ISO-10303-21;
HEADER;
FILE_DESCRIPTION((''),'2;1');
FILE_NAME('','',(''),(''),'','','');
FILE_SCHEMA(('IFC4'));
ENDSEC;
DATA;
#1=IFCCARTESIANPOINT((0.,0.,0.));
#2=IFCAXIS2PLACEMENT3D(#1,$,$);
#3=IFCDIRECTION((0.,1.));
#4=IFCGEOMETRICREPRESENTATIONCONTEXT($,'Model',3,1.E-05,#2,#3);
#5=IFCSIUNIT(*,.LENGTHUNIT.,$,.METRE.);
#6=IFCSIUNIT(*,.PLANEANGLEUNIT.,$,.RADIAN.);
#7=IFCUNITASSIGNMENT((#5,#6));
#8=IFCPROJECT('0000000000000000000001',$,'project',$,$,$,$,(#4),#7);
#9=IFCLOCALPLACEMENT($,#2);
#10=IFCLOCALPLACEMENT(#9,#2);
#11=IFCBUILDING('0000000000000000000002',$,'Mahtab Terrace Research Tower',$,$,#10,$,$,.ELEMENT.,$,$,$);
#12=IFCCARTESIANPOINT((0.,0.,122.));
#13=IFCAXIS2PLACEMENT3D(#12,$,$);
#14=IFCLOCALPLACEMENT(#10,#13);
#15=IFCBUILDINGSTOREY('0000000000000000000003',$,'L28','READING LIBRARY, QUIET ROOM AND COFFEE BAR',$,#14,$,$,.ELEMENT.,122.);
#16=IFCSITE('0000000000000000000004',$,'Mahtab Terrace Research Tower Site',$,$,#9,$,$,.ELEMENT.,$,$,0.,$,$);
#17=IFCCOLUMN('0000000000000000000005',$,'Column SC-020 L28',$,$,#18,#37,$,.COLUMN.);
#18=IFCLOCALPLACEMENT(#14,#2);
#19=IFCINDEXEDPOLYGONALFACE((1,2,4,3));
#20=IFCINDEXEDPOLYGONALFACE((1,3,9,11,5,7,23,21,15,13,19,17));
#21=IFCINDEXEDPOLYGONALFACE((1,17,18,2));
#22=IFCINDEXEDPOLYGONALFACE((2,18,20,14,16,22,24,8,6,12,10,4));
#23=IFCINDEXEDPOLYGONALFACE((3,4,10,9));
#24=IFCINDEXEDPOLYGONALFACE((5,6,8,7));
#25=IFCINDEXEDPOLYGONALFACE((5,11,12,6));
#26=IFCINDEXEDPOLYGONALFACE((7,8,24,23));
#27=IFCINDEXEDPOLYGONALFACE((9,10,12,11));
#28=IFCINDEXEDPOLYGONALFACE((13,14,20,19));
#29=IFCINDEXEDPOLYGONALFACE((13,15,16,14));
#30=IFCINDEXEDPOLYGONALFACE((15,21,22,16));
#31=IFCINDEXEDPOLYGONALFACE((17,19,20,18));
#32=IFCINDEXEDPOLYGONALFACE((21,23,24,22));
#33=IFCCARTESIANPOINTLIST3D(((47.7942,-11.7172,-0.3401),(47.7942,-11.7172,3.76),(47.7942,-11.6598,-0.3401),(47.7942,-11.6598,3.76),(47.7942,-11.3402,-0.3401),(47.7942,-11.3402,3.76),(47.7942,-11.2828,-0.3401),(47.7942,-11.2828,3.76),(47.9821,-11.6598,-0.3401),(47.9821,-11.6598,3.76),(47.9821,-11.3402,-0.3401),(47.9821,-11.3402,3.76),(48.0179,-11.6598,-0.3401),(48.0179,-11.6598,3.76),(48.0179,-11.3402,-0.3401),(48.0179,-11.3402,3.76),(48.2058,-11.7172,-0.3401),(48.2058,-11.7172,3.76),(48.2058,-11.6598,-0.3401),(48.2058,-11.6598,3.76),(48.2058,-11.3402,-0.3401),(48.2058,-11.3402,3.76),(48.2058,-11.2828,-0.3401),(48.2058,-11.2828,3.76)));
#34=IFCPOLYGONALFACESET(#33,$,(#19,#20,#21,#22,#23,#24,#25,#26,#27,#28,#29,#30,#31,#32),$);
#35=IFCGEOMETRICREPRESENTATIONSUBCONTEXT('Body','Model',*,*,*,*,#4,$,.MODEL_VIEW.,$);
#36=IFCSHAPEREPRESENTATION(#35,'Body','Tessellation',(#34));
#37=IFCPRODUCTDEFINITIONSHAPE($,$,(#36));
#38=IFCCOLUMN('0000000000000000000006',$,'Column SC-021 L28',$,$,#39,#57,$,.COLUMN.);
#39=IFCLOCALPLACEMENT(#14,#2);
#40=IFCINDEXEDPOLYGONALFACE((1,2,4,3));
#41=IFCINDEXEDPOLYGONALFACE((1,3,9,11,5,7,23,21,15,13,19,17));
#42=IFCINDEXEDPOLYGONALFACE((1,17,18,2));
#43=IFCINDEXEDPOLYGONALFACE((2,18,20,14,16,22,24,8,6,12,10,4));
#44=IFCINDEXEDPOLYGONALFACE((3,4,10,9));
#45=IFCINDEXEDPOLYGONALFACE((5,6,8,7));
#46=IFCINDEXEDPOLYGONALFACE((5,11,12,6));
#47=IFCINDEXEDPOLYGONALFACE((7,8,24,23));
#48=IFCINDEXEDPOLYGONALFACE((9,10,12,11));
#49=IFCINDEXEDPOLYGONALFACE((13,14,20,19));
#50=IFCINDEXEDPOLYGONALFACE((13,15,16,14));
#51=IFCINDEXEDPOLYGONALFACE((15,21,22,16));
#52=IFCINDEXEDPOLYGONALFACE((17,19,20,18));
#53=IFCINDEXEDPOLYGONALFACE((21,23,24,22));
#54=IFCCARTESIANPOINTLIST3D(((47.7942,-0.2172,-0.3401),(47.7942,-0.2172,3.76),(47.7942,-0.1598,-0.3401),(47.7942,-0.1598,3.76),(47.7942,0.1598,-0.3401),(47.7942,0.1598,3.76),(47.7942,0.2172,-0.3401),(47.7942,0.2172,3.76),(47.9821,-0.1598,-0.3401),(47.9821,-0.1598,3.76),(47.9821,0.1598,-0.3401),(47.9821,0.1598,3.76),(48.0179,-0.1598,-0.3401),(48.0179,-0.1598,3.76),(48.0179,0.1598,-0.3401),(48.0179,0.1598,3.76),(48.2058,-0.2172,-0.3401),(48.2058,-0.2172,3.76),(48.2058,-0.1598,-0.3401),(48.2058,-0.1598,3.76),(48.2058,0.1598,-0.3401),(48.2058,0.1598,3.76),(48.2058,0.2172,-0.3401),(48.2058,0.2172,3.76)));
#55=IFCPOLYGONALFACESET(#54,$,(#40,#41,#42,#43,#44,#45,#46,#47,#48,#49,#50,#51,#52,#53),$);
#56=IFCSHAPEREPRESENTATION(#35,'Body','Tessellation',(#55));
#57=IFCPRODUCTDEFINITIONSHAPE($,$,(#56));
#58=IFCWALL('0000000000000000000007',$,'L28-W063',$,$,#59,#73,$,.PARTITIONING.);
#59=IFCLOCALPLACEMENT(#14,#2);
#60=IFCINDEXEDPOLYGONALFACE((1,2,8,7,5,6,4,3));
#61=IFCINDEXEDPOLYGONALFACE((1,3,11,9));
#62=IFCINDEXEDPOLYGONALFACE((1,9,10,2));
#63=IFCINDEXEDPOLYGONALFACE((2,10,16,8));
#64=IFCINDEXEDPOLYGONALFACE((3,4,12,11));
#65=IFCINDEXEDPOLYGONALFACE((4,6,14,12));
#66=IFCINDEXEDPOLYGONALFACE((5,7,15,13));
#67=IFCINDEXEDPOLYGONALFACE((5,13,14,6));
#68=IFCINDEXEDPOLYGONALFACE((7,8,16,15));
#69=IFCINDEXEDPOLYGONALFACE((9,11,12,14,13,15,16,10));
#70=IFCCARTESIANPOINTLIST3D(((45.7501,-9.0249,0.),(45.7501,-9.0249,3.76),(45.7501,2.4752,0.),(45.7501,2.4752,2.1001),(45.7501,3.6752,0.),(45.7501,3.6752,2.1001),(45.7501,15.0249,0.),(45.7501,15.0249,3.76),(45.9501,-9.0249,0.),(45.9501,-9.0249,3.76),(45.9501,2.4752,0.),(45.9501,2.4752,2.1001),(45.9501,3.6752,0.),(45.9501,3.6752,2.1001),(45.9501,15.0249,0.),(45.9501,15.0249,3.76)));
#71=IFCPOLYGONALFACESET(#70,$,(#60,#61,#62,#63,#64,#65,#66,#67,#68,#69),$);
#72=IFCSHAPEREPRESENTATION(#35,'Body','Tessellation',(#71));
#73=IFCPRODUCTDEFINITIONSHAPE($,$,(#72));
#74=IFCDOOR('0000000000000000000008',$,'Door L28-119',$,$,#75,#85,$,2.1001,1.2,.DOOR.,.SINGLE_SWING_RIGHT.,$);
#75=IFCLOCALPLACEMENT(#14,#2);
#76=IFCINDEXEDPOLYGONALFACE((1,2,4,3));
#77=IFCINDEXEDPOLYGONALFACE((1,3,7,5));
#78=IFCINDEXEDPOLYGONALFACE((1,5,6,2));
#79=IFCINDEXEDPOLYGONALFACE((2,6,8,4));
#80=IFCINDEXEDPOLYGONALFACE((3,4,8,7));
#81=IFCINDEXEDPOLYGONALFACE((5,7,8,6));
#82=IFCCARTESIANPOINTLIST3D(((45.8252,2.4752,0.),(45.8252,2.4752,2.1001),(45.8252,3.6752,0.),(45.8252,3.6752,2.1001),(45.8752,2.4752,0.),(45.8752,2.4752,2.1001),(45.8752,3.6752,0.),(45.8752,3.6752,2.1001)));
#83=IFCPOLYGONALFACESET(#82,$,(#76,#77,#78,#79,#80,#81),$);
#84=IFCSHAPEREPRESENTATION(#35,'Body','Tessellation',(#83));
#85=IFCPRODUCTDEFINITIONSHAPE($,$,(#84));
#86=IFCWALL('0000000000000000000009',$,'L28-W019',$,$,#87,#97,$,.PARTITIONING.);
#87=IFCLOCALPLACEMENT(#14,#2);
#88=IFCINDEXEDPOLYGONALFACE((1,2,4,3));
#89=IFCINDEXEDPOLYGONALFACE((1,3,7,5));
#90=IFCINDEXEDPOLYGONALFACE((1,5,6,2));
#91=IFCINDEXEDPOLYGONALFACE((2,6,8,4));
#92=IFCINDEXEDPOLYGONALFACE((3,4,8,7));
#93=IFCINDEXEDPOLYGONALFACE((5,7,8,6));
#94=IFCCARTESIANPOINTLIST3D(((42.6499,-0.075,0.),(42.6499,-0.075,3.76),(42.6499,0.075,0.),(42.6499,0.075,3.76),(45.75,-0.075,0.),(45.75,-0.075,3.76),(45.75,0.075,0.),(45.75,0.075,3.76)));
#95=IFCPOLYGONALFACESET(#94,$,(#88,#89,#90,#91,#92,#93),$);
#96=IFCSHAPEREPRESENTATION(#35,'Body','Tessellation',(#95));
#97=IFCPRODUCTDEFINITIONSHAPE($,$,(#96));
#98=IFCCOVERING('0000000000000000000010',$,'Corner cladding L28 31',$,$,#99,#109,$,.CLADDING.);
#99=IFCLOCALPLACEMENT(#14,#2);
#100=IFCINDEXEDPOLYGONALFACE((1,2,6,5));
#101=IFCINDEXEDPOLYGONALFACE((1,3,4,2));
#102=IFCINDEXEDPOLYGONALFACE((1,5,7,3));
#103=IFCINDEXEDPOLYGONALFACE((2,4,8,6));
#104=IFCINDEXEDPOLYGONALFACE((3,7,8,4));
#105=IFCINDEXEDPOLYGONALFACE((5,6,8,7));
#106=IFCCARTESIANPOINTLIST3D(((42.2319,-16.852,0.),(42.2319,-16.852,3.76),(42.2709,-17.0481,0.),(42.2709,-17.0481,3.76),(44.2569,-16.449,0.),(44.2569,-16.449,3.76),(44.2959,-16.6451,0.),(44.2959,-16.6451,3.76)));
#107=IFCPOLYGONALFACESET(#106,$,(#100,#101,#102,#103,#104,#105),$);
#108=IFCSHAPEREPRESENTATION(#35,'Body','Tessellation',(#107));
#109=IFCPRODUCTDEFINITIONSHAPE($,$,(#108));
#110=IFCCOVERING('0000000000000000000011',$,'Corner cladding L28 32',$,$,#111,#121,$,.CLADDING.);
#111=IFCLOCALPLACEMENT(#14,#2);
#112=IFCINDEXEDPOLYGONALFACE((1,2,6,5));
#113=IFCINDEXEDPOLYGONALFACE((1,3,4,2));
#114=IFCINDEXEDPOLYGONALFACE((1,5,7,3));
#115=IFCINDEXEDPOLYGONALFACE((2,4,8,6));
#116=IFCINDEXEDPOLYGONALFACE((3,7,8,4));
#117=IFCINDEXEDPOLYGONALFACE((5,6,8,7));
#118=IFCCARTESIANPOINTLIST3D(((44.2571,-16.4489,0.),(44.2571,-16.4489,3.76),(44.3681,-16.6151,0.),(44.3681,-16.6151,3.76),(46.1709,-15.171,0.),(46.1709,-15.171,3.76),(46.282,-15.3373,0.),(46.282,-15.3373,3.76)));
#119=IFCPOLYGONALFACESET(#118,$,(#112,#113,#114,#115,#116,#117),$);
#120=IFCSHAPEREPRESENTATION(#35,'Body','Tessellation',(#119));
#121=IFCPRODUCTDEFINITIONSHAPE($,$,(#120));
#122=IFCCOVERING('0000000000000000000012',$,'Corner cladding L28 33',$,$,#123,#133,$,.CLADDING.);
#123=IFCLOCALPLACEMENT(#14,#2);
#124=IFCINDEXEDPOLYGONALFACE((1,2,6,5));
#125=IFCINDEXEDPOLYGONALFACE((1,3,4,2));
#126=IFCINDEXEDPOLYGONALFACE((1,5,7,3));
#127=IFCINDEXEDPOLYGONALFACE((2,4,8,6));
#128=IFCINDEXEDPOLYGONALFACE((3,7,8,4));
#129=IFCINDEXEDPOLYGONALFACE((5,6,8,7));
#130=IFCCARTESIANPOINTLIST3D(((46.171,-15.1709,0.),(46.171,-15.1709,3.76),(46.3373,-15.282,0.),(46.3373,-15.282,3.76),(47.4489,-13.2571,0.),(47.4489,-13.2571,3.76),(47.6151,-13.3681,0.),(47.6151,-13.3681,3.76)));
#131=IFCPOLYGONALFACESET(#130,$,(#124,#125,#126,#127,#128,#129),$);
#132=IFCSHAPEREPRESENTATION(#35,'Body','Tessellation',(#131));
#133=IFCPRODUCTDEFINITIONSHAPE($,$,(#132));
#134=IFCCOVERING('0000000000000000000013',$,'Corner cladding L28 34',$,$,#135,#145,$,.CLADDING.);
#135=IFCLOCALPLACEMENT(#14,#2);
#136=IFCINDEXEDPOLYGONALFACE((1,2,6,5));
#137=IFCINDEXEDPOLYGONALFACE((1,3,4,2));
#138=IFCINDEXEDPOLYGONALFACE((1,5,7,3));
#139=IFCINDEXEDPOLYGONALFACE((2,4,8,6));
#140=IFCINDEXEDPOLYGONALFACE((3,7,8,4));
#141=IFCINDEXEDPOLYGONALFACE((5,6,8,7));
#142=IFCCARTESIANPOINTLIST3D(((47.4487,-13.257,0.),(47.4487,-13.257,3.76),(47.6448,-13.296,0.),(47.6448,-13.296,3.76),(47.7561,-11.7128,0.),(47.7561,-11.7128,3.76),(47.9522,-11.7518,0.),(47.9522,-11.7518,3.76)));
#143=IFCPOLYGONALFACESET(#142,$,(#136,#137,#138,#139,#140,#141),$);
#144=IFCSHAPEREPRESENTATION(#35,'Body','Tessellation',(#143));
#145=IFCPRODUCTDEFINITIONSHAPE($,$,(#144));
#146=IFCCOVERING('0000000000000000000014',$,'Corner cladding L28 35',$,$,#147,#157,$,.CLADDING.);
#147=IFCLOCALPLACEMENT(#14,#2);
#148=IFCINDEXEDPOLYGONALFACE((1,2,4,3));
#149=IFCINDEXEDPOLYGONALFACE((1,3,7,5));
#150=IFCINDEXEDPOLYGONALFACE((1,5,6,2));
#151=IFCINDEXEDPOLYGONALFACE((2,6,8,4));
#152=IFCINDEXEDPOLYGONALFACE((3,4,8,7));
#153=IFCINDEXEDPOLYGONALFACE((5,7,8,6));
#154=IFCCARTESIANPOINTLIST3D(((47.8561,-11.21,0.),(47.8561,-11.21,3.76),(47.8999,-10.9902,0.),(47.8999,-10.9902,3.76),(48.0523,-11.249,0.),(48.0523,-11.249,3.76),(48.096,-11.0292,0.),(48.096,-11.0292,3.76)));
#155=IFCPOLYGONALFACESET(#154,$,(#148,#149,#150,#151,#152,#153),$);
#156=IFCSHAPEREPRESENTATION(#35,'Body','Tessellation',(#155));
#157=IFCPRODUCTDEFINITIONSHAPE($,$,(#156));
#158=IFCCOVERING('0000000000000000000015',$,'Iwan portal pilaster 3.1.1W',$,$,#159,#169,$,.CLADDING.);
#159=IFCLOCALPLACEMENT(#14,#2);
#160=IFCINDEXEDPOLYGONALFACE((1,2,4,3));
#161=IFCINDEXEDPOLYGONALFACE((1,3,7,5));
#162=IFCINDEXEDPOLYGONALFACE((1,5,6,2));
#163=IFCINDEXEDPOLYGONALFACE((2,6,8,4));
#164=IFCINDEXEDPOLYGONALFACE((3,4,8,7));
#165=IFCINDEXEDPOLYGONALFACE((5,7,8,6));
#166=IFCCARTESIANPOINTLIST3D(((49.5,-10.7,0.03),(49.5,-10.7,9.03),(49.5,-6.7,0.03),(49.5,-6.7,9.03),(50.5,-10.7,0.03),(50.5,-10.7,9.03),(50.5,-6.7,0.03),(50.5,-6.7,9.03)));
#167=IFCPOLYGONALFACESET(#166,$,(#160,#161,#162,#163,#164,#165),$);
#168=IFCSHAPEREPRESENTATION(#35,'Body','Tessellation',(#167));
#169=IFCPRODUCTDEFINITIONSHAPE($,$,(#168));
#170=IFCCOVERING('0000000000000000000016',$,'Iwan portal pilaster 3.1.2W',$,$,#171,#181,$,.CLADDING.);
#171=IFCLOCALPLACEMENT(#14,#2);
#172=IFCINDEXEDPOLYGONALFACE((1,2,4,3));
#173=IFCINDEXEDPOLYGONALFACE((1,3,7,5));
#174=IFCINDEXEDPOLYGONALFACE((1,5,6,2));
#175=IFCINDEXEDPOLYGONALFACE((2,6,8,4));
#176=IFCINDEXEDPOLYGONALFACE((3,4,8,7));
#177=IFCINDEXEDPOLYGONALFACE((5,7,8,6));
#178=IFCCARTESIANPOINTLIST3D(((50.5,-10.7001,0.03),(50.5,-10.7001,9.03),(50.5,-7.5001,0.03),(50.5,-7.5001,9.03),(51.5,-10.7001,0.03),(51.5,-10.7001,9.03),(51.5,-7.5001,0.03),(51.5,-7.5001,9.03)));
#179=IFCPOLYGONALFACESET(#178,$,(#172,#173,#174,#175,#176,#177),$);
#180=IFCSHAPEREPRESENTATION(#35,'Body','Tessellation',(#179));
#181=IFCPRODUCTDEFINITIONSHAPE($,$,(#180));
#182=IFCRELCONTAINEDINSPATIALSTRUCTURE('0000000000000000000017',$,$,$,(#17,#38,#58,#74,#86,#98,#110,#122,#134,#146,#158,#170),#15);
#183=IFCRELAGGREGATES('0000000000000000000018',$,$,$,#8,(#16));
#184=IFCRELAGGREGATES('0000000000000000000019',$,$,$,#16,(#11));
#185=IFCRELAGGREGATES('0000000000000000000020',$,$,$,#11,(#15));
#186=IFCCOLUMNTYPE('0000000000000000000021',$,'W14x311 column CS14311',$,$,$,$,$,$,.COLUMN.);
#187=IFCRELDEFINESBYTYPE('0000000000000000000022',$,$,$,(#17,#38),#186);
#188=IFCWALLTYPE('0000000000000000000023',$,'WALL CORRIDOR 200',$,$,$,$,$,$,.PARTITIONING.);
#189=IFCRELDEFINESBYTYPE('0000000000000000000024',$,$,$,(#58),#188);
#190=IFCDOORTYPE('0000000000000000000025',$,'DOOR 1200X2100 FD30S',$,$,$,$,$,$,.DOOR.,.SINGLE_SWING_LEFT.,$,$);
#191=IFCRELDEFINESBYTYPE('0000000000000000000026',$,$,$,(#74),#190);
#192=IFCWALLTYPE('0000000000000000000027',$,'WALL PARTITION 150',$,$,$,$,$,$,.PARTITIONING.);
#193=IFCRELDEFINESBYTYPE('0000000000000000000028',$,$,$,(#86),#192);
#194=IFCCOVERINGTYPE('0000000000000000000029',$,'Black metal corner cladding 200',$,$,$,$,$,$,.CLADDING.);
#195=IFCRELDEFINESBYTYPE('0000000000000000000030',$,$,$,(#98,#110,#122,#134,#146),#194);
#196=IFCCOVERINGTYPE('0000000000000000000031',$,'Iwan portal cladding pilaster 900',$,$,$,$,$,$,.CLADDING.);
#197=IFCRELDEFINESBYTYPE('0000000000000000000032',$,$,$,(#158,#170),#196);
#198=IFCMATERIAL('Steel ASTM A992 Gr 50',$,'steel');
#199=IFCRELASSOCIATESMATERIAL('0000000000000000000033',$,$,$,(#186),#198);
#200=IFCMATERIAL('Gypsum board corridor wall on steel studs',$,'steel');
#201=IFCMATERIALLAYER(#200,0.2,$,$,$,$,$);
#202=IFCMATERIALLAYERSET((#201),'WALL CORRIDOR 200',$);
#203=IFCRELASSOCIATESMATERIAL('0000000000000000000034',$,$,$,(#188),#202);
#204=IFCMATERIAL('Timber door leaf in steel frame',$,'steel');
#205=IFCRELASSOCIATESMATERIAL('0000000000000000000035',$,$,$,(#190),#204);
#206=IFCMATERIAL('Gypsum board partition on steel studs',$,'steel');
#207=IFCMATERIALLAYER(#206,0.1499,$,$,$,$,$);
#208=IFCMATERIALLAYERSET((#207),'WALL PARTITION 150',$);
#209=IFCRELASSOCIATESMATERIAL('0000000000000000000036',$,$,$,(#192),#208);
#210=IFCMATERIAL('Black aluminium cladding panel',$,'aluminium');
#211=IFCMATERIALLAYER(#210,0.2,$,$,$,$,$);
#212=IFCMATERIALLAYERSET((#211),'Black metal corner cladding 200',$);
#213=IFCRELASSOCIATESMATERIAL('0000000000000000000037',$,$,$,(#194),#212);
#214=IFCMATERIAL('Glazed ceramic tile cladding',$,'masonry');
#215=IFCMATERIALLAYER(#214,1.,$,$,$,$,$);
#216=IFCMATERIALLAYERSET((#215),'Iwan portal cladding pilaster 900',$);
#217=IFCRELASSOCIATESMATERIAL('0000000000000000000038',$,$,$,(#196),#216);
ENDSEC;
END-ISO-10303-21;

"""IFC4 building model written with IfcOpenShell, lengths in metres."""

from ifc_helpers import new_model, si_unit, direction, frame, frame_2d, origin, origin_2d, place, context, subcontext, project, spatial, rectangle, i_section, extrude, material, layer, layer_set, material_profile, profile_set, type_object, element, fill, save


model = new_model("IFC4")

# Units and contexts
model_context = context("Model", 3, precision=1e-05, world=origin(), true_north=direction((0.0, 1.0)))
body_context = subcontext(model_context, "Body", "Model", "MODEL_VIEW")
ifc_project = project(units=[si_unit("LENGTHUNIT", "METRE"), si_unit("PLANEANGLEUNIT", "RADIAN")], contexts=[model_context])

# Site, building, storey
site_placement = place(None, origin())
site = spatial("IfcSite", under=ifc_project, at=site_placement, Name="Mahtab Terrace Research Tower Site", CompositionType="ELEMENT", RefElevation=0.0)
building_placement = place(site_placement, origin())
building = spatial("IfcBuilding", under=site, at=building_placement, Name="Mahtab Terrace Research Tower", CompositionType="ELEMENT")
storey_placement = place(building_placement, frame((0.0, 0.0, 122.0)))
storey = spatial("IfcBuildingStorey", under=building, at=storey_placement, Name="L28", Description="READING LIBRARY, QUIET ROOM AND COFFEE BAR", CompositionType="ELEMENT", Elevation=122.0)

# Columns
ifc_material_1 = material(Name="Steel ASTM A992 Gr 50", Category="steel")
ifc_material_profile = material_profile(ifc_material_1, i_section(OverallWidth=0.4116, OverallDepth=0.4343, WebThickness=0.0359, FlangeThickness=0.0574, at=origin_2d()), Name="W14X311")
ifc_profile_set = profile_set([ifc_material_profile], Name="Steel ASTM A992 Gr 50")
column_type = type_object("IfcColumnType", Name="W14x311 column CS14311", PredefinedType="COLUMN", material=ifc_profile_set)
for number, where, z_axis, x_axis, name in (
    (1, (48.0, -11.5, -0.3401), (0.0, 0.0, 1.0), (1.0, 0.0, 0.0), "Column SC-020 L28"),
    (2, (48.0, 0.0, -0.3401), (0.0, 0.0, 1.0), (1.0, 0.0, 0.0), "Column SC-021 L28"),
):
    element("IfcColumn", number, at=place(storey_placement, frame(where, z_axis=z_axis, x_axis=x_axis)), inside=storey, type_object=column_type, Name=name, PredefinedType="COLUMN", context=body_context, shape_type="SweptSolid", body=[
        extrude(i_section(OverallWidth=0.4116, OverallDepth=0.4343, WebThickness=0.0359, FlangeThickness=0.0574, at=origin_2d()), origin(), (0.0, 0.0, 1.0), 4.1001),
    ])

# Wall, opening, door
ifc_material_2 = material(Name="Black aluminium cladding panel", Category="aluminium")
ifc_material_3 = material(Name="Gypsum board corridor wall on steel studs", Category="steel")
ifc_layer_1 = layer(ifc_material_3, 0.2)
ifc_layer_set_1 = layer_set([ifc_layer_1], Name="WALL CORRIDOR 200")
wall_type_1 = type_object("IfcWallType", Name="WALL CORRIDOR 200", PredefinedType="PARTITIONING", material=ifc_layer_set_1)
wall_1_placement = place(storey_placement, frame((45.8501, -9.0249, 0.0), z_axis=(0.0, 0.0, 1.0), x_axis=(0.0, 1.0, 0.0)))
wall_1 = element("IfcWall", 3, at=wall_1_placement, inside=storey, type_object=wall_type_1, Name="L28-W063", PredefinedType="PARTITIONING", context=body_context, shape_type="SweptSolid", body=[
    extrude(rectangle(XDim=24.0498, YDim=0.2, at=frame_2d((12.0249, 0.0))), origin(), (0.0, 0.0, 1.0), 3.76),
])
opening_1_placement = place(wall_1_placement, frame((11.5, 0.0, 0.0)))
opening_1 = element("IfcOpeningElement", 4, at=opening_1_placement, cuts=wall_1, PredefinedType="OPENING", context=body_context, shape_type="SweptSolid", body=[
    extrude(rectangle(XDim=1.2, YDim=2.1001, at=frame_2d((0.6001, 1.05))), frame((0.0, 0.1099, 0.0), z_axis=(0.0, -1.0, 0.0), x_axis=(1.0, 0.0, 0.0)), (0.0, 0.0, 1.0), 0.22),
])
ifc_material_4 = material(Name="Timber door leaf in steel frame", Category="steel")
door_type_1 = type_object("IfcDoorType", Name="DOOR 1200X2100 FD30S", OperationType="SINGLE_SWING_LEFT", PredefinedType="DOOR", material=ifc_material_4)
door_1_placement = place(opening_1_placement, origin())
door_1 = element("IfcDoor", 5, at=door_1_placement, inside=storey, type_object=door_type_1, Name="Door L28-119", OperationType="SINGLE_SWING_RIGHT", OverallHeight=2.1001, OverallWidth=1.2, PredefinedType="DOOR", context=body_context, shape_type="SweptSolid", body=[
    extrude(rectangle(XDim=1.2, YDim=2.1001, at=frame_2d((0.6001, 1.05))), frame((0.0, 0.0249, 0.0), z_axis=(0.0, -1.0, 0.0), x_axis=(1.0, 0.0, 0.0)), (0.0, 0.0, 1.0), 0.05),
])
fill(opening_1, door_1)

# Wall
ifc_material_5 = material(Name="Gypsum board partition on steel studs", Category="steel")
ifc_layer_2 = layer(ifc_material_5, 0.1499)
ifc_layer_set_2 = layer_set([ifc_layer_2], Name="WALL PARTITION 150")
wall_type_2 = type_object("IfcWallType", Name="WALL PARTITION 150", PredefinedType="PARTITIONING", material=ifc_layer_set_2)
wall_2_placement = place(storey_placement, frame((42.6499, 0.0, 0.0), z_axis=(0.0, 0.0, 1.0), x_axis=(1.0, 0.0, 0.0)))
element("IfcWall", 6, at=wall_2_placement, inside=storey, type_object=wall_type_2, Name="L28-W019", PredefinedType="PARTITIONING", context=body_context, shape_type="SweptSolid", body=[
    extrude(rectangle(XDim=3.1001, YDim=0.1499, at=frame_2d((1.55, 0.0))), origin(), (0.0, 0.0, 1.0), 3.76),
])

# Coverings
ifc_layer_3 = layer(ifc_material_2, 0.2)
ifc_layer_set_3 = layer_set([ifc_layer_3], Name="Black metal corner cladding 200")
covering_type_1 = type_object("IfcCoveringType", Name="Black metal corner cladding 200", PredefinedType="CLADDING", material=ifc_layer_set_3)
covering_1_placement = place(storey_placement, frame((43.2639, -16.7485, 0.0), z_axis=(0.0, 0.0, 1.0), x_axis=(0.980761, 0.195212, 0.0)))
element("IfcCovering", 7, at=covering_1_placement, inside=storey, type_object=covering_type_1, Name="Corner cladding L28 31", PredefinedType="CLADDING", context=body_context, shape_type="SweptSolid", body=[
    extrude(rectangle(XDim=2.0647, YDim=0.2, at=origin_2d()), origin(), (0.0, 0.0, 1.0), 3.76),
])
for number, where, z_axis, x_axis, name in (
    (8, (45.2695, -15.8931, 0.0), (0.0, 0.0, 1.0), (0.831656, 0.555291, 0.0), "Corner cladding L28 32"),
    (9, (46.8931, -14.2695, 0.0), (0.0, 0.0, 1.0), (0.555291, 0.831656, 0.0), "Corner cladding L28 33"),
):
    element("IfcCovering", number, at=place(storey_placement, frame(where, z_axis=z_axis, x_axis=x_axis)), inside=storey, type_object=covering_type_1, Name=name, PredefinedType="CLADDING", context=body_context, shape_type="SweptSolid", body=[
        extrude(rectangle(XDim=2.3013, YDim=0.2, at=origin_2d()), origin(), (0.0, 0.0, 1.0), 3.76),
    ])
covering_2_placement = place(storey_placement, frame((47.7004, -12.5044, 0.0), z_axis=(0.0, 0.0, 1.0), x_axis=(0.195212, 0.980761, 0.0)))
element("IfcCovering", 10, at=covering_2_placement, inside=storey, type_object=covering_type_1, Name="Corner cladding L28 34", PredefinedType="CLADDING", context=body_context, shape_type="SweptSolid", body=[
    extrude(rectangle(XDim=1.5745, YDim=0.2, at=origin_2d()), origin(), (0.0, 0.0, 1.0), 3.76),
])
covering_3_placement = place(storey_placement, frame((47.9761, -11.1196, 0.0), z_axis=(0.0, 0.0, 1.0), x_axis=(0.195212, 0.980761, 0.0)))
element("IfcCovering", 11, at=covering_3_placement, inside=storey, type_object=covering_type_1, Name="Corner cladding L28 35", PredefinedType="CLADDING", context=body_context, shape_type="SweptSolid", body=[
    extrude(rectangle(XDim=0.2241, YDim=0.2, at=origin_2d()), origin(), (0.0, 0.0, 1.0), 3.76),
])
ifc_material_6 = material(Name="Glazed ceramic tile cladding", Category="masonry")
ifc_layer_4 = layer(ifc_material_6, 1.0)
ifc_layer_set_4 = layer_set([ifc_layer_4], Name="Iwan portal cladding pilaster 900")
covering_type_2 = type_object("IfcCoveringType", Name="Iwan portal cladding pilaster 900", PredefinedType="CLADDING", material=ifc_layer_set_4)
covering_4_placement = place(storey_placement, frame((50.0, -8.7, 0.03), z_axis=(0.0, 0.0, 1.0), x_axis=(0.0, 1.0, 0.0)))
element("IfcCovering", 12, at=covering_4_placement, inside=storey, type_object=covering_type_2, Name="Iwan portal pilaster 3.1.1W", PredefinedType="CLADDING", context=body_context, shape_type="SweptSolid", body=[
    extrude(rectangle(XDim=4.0, YDim=1.0, at=origin_2d()), origin(), (0.0, 0.0, 1.0), 9.0),
])
covering_5_placement = place(storey_placement, frame((51.0, -9.1001, 0.03), z_axis=(0.0, 0.0, 1.0), x_axis=(0.0, 1.0, 0.0)))
element("IfcCovering", 13, at=covering_5_placement, inside=storey, type_object=covering_type_2, Name="Iwan portal pilaster 3.1.2W", PredefinedType="CLADDING", context=body_context, shape_type="SweptSolid", body=[
    extrude(rectangle(XDim=3.2, YDim=1.0, at=origin_2d()), origin(), (0.0, 0.0, 1.0), 9.0),
])

save(model, "model.ifc")
